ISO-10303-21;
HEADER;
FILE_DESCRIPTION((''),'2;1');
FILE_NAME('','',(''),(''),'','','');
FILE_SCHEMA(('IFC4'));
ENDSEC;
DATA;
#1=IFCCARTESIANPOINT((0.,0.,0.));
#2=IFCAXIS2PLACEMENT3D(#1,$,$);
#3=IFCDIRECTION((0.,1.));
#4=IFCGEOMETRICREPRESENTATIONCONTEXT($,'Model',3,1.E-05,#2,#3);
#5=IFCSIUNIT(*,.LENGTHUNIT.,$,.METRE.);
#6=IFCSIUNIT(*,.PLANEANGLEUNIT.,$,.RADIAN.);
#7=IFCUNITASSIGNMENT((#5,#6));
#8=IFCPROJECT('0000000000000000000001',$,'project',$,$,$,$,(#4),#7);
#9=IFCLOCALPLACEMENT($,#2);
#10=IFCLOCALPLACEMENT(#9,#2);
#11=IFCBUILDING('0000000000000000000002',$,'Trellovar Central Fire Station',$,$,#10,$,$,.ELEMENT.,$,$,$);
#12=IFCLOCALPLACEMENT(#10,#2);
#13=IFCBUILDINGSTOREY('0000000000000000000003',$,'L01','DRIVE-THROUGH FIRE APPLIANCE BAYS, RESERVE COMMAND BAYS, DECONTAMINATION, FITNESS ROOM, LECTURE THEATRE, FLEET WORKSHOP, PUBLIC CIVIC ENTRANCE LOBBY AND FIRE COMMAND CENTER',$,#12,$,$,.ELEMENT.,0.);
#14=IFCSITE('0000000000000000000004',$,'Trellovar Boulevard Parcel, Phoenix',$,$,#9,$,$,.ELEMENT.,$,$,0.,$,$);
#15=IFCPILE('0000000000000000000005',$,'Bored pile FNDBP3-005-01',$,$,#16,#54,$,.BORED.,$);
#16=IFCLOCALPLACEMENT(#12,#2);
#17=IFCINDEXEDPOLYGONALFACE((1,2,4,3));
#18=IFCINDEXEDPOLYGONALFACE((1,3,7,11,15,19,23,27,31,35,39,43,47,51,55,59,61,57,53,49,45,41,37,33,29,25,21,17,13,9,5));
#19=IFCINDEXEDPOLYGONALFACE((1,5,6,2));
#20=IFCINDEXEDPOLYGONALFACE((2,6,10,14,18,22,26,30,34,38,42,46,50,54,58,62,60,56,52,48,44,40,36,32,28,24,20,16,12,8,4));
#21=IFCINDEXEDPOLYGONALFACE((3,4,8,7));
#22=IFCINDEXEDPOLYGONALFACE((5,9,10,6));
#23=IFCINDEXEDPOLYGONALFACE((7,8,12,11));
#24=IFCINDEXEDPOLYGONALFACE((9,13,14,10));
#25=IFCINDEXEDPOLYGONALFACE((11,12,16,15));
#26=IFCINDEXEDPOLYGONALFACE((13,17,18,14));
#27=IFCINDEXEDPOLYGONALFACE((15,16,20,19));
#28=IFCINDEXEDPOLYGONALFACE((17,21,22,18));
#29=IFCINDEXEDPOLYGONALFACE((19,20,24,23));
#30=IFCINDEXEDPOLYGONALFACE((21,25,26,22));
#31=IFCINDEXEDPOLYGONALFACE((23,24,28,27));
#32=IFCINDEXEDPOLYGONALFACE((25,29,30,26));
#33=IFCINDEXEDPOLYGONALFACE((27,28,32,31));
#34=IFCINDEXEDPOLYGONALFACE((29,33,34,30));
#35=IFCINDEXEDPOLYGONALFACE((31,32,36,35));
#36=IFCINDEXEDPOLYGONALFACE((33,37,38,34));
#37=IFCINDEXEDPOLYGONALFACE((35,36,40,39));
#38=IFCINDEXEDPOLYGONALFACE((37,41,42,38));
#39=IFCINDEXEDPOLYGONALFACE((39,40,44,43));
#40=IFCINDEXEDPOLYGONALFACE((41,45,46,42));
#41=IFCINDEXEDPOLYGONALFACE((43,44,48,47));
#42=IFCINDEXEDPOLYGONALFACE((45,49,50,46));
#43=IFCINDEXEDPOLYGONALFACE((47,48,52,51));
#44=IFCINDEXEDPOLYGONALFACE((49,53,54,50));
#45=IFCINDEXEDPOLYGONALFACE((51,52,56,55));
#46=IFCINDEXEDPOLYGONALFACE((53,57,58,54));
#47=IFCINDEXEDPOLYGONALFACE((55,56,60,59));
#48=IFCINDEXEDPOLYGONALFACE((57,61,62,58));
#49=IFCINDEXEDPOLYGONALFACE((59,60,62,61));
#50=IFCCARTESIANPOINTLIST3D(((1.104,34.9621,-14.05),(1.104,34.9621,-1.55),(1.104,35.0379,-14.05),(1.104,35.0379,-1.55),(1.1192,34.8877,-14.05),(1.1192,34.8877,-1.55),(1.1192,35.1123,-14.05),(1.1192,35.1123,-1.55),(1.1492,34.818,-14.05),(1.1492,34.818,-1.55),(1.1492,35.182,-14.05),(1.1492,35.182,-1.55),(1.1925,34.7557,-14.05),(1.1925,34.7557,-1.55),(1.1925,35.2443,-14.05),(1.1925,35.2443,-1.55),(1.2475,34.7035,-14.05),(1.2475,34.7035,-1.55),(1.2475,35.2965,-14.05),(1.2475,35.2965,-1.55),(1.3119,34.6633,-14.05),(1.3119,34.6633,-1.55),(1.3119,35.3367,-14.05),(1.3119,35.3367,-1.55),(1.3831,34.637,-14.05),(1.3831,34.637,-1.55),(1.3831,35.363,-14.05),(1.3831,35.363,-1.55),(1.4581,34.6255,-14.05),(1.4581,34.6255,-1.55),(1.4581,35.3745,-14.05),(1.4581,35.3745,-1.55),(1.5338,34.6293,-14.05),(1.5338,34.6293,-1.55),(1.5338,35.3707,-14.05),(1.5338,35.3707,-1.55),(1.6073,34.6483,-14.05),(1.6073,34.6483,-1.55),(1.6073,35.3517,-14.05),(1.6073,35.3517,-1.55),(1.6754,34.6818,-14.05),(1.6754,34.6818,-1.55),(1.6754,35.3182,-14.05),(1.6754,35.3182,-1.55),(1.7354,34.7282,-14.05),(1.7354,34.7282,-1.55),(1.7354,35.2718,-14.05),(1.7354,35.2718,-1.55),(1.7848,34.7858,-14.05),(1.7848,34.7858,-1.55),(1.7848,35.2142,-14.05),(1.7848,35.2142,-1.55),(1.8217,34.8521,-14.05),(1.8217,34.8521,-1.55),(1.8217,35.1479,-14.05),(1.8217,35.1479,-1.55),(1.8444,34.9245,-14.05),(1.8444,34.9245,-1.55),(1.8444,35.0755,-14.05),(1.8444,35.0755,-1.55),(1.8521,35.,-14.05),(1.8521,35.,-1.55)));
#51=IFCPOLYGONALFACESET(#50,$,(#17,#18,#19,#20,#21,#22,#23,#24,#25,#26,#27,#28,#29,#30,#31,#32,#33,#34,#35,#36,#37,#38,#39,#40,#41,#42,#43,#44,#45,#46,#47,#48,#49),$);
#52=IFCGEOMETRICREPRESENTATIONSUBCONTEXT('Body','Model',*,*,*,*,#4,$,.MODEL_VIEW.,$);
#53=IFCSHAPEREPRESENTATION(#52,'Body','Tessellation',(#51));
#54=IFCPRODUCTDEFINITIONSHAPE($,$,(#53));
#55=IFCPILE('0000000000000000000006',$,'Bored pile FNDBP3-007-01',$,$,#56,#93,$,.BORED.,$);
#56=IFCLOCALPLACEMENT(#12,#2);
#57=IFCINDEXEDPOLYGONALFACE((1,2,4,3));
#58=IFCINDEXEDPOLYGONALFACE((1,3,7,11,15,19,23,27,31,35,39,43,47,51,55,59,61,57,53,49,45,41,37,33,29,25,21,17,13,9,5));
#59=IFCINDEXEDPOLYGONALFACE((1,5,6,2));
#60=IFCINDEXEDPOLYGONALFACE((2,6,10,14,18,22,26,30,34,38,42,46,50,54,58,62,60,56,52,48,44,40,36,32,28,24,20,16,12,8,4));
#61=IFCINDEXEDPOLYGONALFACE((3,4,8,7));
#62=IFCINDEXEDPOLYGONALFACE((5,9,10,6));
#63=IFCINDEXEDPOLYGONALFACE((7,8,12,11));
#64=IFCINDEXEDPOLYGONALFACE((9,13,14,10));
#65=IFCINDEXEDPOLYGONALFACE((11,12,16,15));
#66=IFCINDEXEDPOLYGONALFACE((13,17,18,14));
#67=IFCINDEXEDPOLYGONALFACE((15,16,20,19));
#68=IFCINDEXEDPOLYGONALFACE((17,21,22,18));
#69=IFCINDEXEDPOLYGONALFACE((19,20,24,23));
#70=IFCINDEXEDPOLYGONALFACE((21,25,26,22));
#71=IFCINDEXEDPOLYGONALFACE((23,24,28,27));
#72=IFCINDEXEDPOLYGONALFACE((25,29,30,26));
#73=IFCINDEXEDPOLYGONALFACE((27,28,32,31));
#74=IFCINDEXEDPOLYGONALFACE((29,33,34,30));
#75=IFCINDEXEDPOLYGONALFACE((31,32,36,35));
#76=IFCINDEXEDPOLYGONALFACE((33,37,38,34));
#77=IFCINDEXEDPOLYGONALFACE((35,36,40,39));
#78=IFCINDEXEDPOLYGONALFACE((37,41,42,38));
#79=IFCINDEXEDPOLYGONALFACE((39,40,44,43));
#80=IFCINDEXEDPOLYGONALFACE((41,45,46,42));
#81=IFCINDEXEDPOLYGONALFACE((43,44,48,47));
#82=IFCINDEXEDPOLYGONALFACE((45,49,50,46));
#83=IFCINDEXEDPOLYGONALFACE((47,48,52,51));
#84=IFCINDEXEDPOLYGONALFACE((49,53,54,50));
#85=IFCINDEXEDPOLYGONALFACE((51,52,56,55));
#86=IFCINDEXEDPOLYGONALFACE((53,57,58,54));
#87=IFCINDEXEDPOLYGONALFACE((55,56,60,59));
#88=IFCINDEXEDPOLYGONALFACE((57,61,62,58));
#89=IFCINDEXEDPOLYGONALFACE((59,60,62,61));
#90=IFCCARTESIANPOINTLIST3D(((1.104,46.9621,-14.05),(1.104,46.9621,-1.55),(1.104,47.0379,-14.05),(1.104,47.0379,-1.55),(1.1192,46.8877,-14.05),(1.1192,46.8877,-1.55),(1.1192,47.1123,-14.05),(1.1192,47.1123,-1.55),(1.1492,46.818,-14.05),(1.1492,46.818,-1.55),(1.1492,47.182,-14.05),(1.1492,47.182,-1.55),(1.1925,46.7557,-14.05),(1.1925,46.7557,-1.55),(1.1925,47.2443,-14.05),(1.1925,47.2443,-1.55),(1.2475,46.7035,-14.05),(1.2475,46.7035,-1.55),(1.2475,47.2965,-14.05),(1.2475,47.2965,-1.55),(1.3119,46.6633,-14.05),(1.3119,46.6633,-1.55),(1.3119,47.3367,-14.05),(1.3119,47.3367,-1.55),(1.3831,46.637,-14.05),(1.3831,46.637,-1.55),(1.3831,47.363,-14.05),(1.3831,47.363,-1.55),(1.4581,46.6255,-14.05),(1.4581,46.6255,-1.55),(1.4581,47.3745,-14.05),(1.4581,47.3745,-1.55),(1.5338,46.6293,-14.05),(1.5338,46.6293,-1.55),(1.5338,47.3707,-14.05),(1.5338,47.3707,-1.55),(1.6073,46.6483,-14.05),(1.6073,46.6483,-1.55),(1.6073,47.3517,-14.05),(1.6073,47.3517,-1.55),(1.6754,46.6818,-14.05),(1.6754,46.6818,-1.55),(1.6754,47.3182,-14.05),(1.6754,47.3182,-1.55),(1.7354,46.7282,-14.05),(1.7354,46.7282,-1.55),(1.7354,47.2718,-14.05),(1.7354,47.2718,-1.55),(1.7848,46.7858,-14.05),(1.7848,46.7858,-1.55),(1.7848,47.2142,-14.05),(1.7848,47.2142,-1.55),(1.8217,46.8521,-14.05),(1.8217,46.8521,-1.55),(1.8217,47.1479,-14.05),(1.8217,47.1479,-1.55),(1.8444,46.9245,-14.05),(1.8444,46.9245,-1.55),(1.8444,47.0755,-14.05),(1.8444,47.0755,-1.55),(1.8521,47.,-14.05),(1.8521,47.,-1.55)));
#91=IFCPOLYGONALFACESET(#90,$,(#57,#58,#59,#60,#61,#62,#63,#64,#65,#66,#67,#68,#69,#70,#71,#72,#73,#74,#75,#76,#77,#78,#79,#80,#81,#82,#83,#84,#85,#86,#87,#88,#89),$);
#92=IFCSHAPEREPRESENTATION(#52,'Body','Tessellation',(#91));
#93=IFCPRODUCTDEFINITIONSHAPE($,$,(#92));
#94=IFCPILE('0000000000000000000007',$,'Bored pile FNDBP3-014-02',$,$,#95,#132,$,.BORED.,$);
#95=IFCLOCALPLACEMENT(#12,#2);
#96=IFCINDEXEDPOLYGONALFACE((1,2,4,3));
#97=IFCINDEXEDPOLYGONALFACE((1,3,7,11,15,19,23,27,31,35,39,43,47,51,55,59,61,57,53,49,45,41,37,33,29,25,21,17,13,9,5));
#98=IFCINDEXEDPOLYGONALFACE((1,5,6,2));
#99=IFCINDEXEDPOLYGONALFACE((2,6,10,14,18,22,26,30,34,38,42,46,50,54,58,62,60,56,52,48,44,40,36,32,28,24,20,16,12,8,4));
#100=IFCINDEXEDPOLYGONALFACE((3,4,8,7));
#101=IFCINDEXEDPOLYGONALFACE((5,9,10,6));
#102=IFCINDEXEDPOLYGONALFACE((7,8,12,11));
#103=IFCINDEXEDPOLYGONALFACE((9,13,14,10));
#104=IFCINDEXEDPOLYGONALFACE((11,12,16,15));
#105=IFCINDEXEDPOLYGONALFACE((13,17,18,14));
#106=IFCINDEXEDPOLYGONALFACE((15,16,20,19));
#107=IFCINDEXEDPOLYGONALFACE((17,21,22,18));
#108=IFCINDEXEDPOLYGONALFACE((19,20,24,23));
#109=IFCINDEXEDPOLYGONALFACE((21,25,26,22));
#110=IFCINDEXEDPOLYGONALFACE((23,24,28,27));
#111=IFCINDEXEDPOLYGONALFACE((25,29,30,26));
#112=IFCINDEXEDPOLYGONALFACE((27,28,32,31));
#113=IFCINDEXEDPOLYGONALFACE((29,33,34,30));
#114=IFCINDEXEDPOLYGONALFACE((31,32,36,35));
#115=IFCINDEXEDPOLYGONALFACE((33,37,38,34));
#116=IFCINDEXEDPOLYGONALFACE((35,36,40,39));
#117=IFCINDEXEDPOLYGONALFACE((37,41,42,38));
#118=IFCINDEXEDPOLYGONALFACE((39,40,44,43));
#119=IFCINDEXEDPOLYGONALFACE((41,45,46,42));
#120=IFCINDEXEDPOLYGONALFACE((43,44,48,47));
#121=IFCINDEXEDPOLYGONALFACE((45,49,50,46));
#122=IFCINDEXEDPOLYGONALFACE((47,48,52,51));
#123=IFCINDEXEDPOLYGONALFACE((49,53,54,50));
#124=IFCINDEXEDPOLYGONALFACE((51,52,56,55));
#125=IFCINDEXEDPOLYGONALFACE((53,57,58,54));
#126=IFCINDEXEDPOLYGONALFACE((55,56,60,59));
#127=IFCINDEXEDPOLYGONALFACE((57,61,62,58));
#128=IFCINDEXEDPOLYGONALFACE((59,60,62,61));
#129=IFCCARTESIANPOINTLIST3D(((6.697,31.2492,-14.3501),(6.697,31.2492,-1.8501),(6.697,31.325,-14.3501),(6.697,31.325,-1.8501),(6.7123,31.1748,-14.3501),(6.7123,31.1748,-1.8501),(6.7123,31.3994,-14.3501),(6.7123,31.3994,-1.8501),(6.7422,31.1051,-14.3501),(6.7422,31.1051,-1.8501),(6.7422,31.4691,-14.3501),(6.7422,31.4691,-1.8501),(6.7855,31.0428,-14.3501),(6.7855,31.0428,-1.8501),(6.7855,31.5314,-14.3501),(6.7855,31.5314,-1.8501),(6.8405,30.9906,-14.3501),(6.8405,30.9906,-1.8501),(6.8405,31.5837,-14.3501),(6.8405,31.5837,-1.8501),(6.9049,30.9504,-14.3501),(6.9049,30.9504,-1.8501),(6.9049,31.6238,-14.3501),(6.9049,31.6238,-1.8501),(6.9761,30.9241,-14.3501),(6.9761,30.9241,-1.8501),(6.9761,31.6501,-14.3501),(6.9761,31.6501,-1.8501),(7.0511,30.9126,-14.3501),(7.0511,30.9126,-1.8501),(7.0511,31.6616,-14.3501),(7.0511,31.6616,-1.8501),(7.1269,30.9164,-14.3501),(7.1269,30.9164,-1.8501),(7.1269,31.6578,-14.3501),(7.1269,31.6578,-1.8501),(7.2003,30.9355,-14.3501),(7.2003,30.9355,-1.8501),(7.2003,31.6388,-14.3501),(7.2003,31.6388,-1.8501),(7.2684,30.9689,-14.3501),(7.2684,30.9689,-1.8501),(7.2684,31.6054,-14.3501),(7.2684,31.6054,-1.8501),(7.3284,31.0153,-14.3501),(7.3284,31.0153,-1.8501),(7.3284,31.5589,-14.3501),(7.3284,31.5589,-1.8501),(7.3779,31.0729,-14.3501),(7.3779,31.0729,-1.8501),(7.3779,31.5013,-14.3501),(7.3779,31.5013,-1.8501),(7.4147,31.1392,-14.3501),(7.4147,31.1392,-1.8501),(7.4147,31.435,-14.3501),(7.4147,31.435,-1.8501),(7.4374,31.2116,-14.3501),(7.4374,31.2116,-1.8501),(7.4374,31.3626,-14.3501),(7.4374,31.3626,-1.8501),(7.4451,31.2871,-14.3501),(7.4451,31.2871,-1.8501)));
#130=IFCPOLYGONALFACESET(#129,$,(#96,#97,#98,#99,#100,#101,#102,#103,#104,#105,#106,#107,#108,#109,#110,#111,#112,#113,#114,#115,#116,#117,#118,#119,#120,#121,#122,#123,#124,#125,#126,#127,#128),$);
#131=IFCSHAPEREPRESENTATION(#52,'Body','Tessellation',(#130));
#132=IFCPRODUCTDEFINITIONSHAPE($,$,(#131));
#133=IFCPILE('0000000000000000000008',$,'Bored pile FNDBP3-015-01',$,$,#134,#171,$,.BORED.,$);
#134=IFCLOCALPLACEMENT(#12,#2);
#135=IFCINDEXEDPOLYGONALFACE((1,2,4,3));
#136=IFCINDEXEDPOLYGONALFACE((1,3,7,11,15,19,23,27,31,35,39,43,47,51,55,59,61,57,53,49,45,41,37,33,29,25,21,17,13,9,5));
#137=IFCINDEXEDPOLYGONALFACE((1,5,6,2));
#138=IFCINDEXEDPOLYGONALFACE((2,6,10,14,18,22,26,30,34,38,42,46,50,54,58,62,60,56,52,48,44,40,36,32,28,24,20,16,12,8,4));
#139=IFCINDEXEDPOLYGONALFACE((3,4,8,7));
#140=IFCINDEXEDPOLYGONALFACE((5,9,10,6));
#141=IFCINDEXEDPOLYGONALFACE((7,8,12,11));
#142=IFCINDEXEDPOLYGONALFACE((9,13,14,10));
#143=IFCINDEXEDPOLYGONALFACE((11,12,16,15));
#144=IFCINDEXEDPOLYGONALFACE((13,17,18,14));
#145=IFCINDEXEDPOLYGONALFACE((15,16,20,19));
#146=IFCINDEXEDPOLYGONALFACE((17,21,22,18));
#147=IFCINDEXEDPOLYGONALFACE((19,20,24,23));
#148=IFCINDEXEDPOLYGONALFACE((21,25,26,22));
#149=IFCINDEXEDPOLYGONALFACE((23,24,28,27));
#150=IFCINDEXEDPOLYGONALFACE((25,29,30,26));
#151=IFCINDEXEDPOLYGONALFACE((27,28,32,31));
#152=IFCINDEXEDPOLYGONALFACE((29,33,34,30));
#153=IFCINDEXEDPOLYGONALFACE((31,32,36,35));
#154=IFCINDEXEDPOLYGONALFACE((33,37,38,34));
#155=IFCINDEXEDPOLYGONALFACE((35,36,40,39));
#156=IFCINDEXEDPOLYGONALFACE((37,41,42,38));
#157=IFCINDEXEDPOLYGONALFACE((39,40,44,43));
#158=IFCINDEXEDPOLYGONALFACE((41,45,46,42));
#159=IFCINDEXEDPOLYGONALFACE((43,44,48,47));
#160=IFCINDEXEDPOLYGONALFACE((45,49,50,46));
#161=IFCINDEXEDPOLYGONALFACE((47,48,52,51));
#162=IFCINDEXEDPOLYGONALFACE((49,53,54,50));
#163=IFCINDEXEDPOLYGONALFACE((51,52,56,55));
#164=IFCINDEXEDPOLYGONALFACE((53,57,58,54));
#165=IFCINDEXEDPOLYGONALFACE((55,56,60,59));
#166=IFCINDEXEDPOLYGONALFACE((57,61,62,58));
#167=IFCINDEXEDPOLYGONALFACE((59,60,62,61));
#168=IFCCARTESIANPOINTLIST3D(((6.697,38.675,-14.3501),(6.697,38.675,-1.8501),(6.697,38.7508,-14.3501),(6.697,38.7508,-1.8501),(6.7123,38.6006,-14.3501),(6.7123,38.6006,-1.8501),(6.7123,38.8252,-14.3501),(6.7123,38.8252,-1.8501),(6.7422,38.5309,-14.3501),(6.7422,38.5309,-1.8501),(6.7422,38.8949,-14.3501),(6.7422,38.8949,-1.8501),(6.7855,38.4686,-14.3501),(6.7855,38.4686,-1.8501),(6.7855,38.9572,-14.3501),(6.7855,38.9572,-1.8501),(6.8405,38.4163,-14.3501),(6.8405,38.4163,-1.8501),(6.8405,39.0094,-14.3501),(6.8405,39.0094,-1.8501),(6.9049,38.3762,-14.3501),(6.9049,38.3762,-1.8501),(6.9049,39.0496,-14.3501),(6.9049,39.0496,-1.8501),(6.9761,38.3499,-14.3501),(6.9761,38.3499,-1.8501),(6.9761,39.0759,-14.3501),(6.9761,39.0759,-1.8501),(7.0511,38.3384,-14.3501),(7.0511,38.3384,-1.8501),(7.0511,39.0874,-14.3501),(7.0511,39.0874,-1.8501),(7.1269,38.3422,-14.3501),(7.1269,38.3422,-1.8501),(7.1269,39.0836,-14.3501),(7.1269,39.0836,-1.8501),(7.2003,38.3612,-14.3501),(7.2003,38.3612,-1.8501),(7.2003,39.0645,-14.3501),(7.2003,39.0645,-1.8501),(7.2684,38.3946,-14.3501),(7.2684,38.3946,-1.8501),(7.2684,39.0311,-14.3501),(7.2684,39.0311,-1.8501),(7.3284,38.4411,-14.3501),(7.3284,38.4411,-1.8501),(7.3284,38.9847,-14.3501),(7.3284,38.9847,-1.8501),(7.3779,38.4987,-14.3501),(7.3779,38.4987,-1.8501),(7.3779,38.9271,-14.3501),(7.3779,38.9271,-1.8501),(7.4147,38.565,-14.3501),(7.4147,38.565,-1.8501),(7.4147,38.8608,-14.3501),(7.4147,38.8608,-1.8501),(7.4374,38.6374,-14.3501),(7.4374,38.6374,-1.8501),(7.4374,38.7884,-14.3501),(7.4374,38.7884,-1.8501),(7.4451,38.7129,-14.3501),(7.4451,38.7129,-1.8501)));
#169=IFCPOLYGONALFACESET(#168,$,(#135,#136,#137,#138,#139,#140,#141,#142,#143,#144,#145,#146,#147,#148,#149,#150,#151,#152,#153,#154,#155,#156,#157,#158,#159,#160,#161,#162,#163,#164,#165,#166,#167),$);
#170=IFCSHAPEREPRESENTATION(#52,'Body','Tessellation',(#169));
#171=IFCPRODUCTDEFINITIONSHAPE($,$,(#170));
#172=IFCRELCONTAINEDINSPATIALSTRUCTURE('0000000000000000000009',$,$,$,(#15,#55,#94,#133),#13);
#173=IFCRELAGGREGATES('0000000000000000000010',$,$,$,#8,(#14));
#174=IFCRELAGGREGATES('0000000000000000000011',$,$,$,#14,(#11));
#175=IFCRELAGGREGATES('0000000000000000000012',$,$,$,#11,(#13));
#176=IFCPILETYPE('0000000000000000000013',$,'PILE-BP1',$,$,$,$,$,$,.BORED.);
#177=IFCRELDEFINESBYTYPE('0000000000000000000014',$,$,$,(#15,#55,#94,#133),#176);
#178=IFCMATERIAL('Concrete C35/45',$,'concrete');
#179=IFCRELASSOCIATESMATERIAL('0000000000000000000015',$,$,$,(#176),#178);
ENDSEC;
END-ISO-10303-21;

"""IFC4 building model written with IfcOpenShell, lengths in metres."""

from ifc_helpers import new_model, si_unit, direction, frame, origin, origin_2d, place, context, subcontext, project, spatial, circle, extrude, material, material_profile, profile_set, type_object, element, save


model = new_model("IFC4")

# Units and contexts
model_context = context("Model", 3, precision=1e-05, world=origin(), true_north=direction((0.0, 1.0)))
body_context = subcontext(model_context, "Body", "Model", "MODEL_VIEW")
ifc_project = project(units=[si_unit("LENGTHUNIT", "METRE"), si_unit("PLANEANGLEUNIT", "RADIAN")], contexts=[model_context])

# Site, building, storey
site_placement = place(None, origin())
site = spatial("IfcSite", under=ifc_project, at=site_placement, Name="Trellovar Boulevard Parcel, Phoenix", CompositionType="ELEMENT", RefElevation=0.0)
building_placement = place(site_placement, origin())
building = spatial("IfcBuilding", under=site, at=building_placement, Name="Trellovar Central Fire Station", CompositionType="ELEMENT")
storey_placement = place(building_placement, origin())
storey = spatial("IfcBuildingStorey", under=building, at=storey_placement, Name="L01", Description="DRIVE-THROUGH FIRE APPLIANCE BAYS, RESERVE COMMAND BAYS, DECONTAMINATION, FITNESS ROOM, LECTURE THEATRE, FLEET WORKSHOP, PUBLIC CIVIC ENTRANCE LOBBY AND FIRE COMMAND CENTER", CompositionType="ELEMENT", Elevation=0.0)

# Piles
ifc_material_1 = material(Name="Concrete C35/45", Category="concrete")
ifc_material_profile_1 = material_profile(ifc_material_1, circle(Radius=0.375, at=origin_2d()), Name="PILE750")
ifc_profile_set_1 = profile_set([ifc_material_profile_1], Name="Concrete C35/45")
pile_type_1 = type_object("IfcPileType", Name="PILE-BP1", PredefinedType="BORED", material=ifc_profile_set_1)
for number, where, z_axis, x_axis, name in (
    (1, (1.4771, 35.0, -1.55), (0.0, 0.0, -1.0), (1.0, 0.0, 0.0), "Bored pile FNDBP3-005-01"),
    (2, (1.4771, 47.0, -1.55), (0.0, 0.0, -1.0), (1.0, 0.0, 0.0), "Bored pile FNDBP3-007-01"),
    (3, (7.0701, 31.2871, -1.8501), (0.0, 0.0, -1.0), (1.0, 0.0, 0.0), "Bored pile FNDBP3-014-02"),
    (4, (7.0701, 38.7129, -1.8501), (0.0, 0.0, -1.0), (1.0, 0.0, 0.0), "Bored pile FNDBP3-015-01"),
):
    element("IfcPile", number, at=place(storey_placement, frame(where, z_axis=z_axis, x_axis=x_axis)), inside=storey, type_object=pile_type_1, Name=name, PredefinedType="BORED", context=body_context, shape_type="SweptSolid", body=[
        extrude(circle(Radius=0.375, at=origin_2d()), origin(), (0.0, 0.0, 1.0), 12.5),
    ])

save(model, "model.ifc")
